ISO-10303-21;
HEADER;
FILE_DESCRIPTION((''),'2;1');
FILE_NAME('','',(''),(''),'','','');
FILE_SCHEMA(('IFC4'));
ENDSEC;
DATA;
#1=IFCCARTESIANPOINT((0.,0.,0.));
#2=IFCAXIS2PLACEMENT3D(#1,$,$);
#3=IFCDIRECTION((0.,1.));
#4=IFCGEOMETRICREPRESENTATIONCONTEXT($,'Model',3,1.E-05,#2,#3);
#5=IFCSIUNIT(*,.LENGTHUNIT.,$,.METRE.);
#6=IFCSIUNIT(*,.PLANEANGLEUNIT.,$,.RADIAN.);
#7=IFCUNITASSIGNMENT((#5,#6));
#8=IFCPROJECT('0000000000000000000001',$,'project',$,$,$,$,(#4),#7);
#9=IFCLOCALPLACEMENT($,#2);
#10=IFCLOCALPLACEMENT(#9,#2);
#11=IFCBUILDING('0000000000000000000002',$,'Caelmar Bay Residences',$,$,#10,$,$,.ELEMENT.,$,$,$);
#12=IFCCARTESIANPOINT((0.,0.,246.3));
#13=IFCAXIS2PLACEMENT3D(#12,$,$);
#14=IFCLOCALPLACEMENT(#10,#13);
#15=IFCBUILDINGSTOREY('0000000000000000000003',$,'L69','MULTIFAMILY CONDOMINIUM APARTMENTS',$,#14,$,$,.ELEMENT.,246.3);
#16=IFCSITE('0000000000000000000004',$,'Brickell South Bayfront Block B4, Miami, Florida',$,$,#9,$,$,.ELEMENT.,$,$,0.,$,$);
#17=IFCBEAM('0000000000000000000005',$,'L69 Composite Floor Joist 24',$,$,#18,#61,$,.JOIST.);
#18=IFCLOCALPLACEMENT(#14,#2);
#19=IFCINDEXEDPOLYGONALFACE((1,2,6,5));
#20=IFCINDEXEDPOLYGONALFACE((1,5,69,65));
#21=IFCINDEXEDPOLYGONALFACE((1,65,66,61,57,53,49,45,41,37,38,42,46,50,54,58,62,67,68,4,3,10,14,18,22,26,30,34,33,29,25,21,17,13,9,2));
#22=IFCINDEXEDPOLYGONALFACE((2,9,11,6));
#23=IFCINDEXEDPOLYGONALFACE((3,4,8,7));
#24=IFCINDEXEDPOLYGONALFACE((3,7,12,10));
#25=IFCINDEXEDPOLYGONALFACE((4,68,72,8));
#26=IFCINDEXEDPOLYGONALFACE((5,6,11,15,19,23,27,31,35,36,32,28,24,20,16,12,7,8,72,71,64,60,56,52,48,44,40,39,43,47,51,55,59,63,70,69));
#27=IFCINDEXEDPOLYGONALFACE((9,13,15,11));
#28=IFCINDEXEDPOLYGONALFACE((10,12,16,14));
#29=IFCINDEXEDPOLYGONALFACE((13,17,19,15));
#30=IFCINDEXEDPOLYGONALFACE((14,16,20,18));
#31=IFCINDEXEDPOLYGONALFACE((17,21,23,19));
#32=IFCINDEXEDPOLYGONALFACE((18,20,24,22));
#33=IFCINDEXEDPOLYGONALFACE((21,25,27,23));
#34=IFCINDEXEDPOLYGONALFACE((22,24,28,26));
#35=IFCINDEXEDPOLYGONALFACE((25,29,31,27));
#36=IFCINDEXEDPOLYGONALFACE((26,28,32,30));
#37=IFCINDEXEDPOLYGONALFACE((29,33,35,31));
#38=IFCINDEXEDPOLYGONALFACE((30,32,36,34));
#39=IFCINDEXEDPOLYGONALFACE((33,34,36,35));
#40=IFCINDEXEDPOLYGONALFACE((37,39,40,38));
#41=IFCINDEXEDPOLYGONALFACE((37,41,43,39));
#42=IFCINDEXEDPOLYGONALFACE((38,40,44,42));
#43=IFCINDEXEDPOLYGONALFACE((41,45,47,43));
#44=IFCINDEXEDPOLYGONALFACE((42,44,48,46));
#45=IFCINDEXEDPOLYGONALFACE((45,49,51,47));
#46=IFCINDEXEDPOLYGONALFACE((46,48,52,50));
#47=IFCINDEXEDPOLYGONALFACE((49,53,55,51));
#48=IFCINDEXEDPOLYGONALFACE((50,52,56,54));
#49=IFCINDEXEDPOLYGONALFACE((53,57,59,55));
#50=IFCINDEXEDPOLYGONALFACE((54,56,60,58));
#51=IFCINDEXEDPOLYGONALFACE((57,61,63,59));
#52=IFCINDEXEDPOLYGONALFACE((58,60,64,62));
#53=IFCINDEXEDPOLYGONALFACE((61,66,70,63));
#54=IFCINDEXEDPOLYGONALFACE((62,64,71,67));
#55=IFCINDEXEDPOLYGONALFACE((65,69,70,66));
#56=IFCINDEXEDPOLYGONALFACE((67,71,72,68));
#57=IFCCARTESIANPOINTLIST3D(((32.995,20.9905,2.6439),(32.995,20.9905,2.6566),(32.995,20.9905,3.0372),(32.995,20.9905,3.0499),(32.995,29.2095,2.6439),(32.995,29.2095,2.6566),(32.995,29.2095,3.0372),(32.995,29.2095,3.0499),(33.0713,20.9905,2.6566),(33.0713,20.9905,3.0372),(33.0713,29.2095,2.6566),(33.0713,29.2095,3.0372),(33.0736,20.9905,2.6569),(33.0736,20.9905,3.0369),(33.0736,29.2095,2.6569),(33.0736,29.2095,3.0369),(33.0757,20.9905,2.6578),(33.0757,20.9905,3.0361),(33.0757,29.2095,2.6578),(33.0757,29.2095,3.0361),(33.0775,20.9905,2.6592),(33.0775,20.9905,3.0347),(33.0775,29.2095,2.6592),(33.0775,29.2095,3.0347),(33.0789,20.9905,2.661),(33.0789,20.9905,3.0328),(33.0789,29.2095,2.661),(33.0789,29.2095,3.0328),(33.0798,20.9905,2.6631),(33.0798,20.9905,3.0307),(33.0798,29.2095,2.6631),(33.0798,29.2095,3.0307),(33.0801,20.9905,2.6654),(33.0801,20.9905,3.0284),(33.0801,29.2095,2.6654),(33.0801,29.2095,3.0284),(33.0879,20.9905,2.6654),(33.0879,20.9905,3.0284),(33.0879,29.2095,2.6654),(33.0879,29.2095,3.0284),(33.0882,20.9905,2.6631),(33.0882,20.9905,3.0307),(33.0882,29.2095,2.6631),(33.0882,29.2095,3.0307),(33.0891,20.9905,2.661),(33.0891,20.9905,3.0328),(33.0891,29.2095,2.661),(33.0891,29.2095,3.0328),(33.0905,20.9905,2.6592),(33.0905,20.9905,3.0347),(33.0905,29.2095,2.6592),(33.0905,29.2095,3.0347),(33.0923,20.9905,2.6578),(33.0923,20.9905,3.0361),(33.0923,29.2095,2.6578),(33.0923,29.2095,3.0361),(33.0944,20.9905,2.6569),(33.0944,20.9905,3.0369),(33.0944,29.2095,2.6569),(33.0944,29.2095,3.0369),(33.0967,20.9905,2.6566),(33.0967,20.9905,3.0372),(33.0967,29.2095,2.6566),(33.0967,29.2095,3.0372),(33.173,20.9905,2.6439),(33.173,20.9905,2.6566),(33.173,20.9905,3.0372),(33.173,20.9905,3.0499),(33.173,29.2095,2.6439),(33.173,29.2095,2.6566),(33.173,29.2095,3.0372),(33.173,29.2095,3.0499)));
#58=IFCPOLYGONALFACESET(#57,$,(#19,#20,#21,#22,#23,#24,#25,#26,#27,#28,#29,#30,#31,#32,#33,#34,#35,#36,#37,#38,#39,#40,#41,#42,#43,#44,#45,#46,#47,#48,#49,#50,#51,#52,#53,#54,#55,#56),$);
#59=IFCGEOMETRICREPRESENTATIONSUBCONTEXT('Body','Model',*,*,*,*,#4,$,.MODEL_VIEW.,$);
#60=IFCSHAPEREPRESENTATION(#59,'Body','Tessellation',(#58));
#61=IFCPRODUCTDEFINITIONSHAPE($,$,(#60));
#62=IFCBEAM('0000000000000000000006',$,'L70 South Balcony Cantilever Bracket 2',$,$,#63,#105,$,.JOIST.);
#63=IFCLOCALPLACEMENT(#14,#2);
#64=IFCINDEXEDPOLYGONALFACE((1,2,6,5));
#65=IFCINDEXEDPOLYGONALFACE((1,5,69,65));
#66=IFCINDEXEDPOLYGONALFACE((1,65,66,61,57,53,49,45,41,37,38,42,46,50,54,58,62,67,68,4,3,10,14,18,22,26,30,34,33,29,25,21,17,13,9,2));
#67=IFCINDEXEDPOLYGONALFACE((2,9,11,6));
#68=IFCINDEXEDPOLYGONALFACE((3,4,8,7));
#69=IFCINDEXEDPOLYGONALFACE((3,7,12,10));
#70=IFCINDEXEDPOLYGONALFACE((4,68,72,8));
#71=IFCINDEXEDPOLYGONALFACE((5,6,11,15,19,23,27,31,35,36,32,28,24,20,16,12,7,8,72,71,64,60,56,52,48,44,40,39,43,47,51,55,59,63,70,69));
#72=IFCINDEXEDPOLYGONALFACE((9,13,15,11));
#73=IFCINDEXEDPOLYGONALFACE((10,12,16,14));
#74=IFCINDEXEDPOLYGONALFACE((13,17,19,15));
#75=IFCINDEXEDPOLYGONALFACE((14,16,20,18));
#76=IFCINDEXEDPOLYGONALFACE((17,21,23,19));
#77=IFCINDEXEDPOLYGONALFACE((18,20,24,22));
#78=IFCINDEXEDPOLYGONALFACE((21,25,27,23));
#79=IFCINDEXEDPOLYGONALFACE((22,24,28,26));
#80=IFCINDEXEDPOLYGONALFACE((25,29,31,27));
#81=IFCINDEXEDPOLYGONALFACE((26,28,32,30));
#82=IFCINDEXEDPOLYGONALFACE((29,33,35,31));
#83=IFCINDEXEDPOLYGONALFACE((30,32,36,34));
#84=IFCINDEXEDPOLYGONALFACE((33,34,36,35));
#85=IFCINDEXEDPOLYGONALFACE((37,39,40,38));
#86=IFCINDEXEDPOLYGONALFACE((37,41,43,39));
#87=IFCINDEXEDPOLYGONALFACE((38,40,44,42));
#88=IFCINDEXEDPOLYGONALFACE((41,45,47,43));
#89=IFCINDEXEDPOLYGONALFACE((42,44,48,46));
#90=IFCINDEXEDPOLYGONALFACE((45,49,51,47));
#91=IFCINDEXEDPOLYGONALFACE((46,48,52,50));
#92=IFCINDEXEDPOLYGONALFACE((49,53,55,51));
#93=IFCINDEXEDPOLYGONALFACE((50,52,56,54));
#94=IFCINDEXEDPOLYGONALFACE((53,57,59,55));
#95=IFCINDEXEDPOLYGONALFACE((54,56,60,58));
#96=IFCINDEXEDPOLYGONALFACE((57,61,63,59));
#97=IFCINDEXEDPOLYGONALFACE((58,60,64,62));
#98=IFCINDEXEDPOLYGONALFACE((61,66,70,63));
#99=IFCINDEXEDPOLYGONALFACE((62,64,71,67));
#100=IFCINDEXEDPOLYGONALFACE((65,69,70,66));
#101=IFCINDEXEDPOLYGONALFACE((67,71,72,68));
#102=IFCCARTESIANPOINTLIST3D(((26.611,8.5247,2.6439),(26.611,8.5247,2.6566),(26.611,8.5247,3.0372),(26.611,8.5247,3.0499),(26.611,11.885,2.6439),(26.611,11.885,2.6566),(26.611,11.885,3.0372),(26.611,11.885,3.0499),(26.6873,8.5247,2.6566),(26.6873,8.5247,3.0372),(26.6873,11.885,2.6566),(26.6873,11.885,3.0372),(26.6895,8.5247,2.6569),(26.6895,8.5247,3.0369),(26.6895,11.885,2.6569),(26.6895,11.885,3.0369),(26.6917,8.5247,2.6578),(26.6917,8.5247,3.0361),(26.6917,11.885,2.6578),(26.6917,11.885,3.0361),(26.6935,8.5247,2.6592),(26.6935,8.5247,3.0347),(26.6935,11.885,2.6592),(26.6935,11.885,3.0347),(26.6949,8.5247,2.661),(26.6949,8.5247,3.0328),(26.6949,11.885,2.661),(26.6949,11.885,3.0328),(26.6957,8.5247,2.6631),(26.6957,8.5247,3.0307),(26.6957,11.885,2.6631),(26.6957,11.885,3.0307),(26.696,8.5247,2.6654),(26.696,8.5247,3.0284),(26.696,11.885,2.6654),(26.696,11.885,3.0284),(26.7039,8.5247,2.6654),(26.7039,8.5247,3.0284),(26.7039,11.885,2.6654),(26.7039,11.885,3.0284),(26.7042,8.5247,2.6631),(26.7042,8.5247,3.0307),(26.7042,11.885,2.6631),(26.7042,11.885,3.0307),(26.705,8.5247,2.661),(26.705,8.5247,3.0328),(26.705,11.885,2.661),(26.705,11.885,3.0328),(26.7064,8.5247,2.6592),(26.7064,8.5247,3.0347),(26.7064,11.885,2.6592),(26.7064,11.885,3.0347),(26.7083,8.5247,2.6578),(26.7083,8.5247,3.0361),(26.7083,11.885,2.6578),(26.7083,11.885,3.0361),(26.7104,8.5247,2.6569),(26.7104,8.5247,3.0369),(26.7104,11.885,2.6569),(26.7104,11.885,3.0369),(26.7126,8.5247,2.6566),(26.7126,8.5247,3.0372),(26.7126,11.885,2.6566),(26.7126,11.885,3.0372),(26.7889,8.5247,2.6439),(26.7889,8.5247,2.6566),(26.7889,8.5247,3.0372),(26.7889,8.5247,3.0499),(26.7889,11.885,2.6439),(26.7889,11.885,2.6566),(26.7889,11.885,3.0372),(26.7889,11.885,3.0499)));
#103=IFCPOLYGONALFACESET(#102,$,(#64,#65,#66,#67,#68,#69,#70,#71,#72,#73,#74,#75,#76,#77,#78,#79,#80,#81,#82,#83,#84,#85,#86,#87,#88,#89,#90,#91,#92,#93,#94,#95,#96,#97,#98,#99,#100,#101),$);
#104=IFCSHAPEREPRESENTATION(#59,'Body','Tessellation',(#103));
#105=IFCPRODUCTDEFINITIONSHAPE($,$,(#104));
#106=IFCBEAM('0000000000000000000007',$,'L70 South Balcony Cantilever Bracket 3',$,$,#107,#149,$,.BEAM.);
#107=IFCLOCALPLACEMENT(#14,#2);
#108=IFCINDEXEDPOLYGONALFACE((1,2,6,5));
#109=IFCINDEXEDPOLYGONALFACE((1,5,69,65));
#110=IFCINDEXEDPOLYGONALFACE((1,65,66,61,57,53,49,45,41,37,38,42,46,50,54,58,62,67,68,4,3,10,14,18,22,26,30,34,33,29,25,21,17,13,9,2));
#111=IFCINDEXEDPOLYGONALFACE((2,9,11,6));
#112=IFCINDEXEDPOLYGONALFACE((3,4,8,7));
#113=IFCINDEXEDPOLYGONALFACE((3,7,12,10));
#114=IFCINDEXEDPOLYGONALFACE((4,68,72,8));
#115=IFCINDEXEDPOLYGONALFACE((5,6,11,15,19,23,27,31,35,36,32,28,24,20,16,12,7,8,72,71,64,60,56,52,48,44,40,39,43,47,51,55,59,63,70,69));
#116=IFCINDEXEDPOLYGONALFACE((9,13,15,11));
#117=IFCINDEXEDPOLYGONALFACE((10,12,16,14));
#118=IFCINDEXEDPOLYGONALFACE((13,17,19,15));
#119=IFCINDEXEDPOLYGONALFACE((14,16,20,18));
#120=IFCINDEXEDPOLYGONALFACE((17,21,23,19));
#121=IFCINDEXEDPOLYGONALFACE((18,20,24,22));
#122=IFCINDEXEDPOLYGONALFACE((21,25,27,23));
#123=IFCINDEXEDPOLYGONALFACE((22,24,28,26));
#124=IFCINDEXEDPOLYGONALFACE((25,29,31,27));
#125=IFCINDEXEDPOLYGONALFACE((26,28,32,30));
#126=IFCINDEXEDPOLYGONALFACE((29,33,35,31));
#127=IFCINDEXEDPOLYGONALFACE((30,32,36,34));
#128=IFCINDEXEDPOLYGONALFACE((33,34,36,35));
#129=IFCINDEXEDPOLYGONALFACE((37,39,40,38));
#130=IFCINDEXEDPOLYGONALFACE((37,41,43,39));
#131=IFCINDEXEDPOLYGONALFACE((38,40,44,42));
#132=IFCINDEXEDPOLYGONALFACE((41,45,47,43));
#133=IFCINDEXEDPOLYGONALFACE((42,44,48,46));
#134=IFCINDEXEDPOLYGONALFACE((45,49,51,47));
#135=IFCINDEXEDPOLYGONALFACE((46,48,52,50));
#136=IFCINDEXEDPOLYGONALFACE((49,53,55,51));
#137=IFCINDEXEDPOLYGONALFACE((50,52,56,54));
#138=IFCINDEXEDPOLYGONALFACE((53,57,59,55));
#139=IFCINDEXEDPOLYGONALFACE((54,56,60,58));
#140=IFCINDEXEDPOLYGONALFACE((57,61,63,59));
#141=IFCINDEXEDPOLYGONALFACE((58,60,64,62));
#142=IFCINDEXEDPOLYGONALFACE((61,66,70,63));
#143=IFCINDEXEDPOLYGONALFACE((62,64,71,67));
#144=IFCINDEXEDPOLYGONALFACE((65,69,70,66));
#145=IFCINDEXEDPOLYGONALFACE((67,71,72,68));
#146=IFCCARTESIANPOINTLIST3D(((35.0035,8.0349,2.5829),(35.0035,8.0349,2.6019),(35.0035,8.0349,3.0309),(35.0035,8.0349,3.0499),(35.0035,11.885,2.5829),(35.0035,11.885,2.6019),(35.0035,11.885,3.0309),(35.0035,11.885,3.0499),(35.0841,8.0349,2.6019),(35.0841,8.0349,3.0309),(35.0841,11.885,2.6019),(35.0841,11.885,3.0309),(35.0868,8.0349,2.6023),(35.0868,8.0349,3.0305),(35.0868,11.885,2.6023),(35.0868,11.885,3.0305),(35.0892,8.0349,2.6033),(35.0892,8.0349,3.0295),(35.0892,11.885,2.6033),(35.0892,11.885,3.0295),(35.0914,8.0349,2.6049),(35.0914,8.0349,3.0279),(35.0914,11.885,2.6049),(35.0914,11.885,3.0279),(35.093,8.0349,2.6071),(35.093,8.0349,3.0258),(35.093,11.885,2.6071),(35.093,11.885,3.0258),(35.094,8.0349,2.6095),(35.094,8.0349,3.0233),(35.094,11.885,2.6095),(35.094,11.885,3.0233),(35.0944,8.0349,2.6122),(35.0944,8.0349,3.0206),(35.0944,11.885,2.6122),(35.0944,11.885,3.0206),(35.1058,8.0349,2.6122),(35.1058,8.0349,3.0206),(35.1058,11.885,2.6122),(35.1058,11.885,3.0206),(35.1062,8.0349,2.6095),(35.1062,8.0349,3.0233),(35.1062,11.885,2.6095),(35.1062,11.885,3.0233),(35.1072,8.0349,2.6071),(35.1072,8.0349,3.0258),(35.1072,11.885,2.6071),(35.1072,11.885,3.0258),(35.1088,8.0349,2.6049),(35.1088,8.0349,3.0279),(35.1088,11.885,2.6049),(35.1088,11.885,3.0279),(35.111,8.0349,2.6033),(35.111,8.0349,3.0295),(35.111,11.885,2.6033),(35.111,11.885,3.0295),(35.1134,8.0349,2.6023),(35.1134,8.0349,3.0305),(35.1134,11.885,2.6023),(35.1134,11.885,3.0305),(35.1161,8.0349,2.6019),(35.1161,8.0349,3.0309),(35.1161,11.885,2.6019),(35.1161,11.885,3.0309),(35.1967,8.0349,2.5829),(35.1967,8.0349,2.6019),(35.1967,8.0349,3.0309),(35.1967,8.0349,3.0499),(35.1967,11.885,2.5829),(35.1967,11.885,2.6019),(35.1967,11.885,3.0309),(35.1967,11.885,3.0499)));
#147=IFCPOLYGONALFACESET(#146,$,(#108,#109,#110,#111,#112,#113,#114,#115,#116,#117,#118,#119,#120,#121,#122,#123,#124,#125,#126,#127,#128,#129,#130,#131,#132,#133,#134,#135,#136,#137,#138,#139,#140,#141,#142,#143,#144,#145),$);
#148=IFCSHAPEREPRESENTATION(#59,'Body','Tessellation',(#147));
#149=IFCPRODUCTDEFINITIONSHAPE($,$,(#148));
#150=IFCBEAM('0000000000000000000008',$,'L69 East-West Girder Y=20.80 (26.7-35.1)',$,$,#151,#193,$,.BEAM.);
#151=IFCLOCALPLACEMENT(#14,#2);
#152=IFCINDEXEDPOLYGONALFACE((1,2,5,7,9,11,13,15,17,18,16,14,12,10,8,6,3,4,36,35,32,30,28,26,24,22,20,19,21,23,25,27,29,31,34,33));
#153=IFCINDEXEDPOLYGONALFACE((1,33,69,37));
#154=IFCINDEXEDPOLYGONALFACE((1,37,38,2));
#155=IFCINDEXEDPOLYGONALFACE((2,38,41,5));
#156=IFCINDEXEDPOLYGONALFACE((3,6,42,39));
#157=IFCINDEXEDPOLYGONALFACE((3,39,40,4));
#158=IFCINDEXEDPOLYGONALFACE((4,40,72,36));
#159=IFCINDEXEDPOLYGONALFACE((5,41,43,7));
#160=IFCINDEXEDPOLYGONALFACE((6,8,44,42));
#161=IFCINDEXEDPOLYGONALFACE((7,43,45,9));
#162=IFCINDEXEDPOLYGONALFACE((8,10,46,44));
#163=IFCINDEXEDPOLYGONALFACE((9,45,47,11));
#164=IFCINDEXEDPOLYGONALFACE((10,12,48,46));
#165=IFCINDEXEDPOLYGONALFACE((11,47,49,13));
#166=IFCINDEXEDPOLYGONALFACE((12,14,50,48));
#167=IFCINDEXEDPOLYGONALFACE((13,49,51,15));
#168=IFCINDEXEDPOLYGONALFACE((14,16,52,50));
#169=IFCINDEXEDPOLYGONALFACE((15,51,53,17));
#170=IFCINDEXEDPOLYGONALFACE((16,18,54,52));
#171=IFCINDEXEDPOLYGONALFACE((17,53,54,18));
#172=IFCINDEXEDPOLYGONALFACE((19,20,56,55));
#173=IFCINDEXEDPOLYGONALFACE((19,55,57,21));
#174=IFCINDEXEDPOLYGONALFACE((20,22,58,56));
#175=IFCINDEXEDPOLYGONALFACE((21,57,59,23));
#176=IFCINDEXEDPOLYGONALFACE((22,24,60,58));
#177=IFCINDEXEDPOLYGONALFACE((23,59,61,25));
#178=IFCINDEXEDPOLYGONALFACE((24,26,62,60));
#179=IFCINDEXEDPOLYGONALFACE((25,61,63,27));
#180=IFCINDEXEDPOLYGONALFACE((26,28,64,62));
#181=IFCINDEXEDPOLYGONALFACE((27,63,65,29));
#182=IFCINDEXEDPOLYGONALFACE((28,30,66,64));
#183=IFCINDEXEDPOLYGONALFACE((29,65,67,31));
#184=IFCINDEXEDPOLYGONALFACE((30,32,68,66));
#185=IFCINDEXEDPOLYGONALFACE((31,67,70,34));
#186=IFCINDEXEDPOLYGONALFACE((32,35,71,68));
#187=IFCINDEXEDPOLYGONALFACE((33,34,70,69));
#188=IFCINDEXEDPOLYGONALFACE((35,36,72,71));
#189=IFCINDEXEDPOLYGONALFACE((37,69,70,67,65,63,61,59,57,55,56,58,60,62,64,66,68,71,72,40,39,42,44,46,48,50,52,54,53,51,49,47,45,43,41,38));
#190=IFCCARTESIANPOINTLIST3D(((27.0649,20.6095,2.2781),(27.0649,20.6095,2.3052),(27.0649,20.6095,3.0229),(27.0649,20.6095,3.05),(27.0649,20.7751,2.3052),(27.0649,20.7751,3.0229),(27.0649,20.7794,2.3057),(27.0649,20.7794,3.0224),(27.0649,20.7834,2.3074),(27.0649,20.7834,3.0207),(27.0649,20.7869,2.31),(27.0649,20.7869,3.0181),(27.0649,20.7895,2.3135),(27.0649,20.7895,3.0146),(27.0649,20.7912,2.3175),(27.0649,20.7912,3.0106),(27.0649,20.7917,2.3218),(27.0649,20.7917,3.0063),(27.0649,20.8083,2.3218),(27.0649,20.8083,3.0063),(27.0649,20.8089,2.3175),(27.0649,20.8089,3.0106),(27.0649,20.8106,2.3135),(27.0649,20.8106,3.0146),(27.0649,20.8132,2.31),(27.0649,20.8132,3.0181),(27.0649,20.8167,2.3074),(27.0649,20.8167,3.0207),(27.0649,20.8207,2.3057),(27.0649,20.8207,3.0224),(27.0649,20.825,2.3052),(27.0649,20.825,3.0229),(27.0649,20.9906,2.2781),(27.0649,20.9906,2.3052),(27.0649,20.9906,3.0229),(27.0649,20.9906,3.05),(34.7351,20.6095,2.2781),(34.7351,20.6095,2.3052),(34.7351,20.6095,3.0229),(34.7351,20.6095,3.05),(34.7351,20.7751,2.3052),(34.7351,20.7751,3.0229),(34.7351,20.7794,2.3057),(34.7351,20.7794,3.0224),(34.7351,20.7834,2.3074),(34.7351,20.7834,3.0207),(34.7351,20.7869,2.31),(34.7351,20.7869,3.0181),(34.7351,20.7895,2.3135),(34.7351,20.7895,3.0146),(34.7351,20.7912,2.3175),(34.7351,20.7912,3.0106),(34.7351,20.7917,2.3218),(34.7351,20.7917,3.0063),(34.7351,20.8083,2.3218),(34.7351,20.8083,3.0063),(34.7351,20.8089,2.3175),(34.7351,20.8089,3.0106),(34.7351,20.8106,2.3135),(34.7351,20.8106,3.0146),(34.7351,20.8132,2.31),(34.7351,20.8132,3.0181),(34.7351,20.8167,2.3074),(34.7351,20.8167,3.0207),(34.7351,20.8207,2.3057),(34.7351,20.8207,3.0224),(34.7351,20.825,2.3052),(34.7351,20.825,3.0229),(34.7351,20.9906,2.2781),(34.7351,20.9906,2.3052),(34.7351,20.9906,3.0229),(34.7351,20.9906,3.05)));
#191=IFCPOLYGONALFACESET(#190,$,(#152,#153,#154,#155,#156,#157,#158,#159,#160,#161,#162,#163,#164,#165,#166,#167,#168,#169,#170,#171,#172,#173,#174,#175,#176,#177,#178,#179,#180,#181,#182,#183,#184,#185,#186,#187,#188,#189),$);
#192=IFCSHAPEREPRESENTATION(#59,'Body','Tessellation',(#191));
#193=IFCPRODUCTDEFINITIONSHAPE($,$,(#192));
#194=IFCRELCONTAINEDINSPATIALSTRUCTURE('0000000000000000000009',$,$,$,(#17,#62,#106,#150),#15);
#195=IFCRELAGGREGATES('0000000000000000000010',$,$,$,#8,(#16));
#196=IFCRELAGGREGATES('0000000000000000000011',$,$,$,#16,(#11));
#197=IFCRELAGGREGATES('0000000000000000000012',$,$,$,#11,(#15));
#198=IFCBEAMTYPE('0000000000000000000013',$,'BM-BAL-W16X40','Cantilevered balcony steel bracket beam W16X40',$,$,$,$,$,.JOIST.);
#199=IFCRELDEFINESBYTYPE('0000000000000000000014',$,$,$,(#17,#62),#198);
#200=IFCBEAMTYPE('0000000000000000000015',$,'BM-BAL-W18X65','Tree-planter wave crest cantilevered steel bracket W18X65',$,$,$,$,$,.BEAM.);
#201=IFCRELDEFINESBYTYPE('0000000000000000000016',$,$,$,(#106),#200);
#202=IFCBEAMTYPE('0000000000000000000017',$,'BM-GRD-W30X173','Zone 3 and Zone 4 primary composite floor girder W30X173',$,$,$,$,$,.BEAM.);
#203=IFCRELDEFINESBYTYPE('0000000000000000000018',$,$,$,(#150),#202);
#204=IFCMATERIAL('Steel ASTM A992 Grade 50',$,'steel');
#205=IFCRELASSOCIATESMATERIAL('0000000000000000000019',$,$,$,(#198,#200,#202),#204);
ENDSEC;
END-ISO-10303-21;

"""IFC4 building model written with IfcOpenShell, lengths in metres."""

from ifc_helpers import new_model, si_unit, direction, frame, origin, origin_2d, place, context, subcontext, project, spatial, i_section, extrude, material, material_profile, profile_set, type_object, element, save


model = new_model("IFC4")

# Units and contexts
model_context = context("Model", 3, precision=1e-05, world=origin(), true_north=direction((0.0, 1.0)))
body_context = subcontext(model_context, "Body", "Model", "MODEL_VIEW")
ifc_project = project(units=[si_unit("LENGTHUNIT", "METRE"), si_unit("PLANEANGLEUNIT", "RADIAN")], contexts=[model_context])

# Site, building, storey
site_placement = place(None, origin())
site = spatial("IfcSite", under=ifc_project, at=site_placement, Name="Brickell South Bayfront Block B4, Miami, Florida", CompositionType="ELEMENT", RefElevation=0.0)
building_placement = place(site_placement, origin())
building = spatial("IfcBuilding", under=site, at=building_placement, Name="Caelmar Bay Residences", CompositionType="ELEMENT")
storey_placement = place(building_placement, frame((0.0, 0.0, 246.3)))
storey = spatial("IfcBuildingStorey", under=building, at=storey_placement, Name="L69", Description="MULTIFAMILY CONDOMINIUM APARTMENTS", CompositionType="ELEMENT", Elevation=246.3)

# Beams
ifc_material_1 = material(Name="Steel ASTM A992 Grade 50", Category="steel")
ifc_material_profile_1 = material_profile(ifc_material_1, i_section(OverallWidth=0.178, OverallDepth=0.406, WebThickness=0.0078, FlangeThickness=0.0127, FilletRadius=0.0088, at=origin_2d()), Name="W16X40")
ifc_profile_set_1 = profile_set([ifc_material_profile_1], Name="Steel ASTM A992 Grade 50")
beam_type_1 = type_object("IfcBeamType", Name="BM-BAL-W16X40", Description="Cantilevered balcony steel bracket beam W16X40", PredefinedType="JOIST", material=ifc_profile_set_1)
for number, where, z_axis, x_axis, name in (
    (1, (33.084, 20.9905, 2.8469), (0.0, 1.0, 0.0), (-1.0, 0.0, 0.0), "L69 Composite Floor Joist 24"),
):
    element("IfcBeam", number, at=place(storey_placement, frame(where, z_axis=z_axis, x_axis=x_axis)), inside=storey, type_object=beam_type_1, Name=name, PredefinedType="JOIST", context=body_context, shape_type="SweptSolid", body=[
        extrude(i_section(OverallWidth=0.178, OverallDepth=0.406, WebThickness=0.0078, FlangeThickness=0.0127, FilletRadius=0.0088, at=origin_2d()), origin(), (0.0, 0.0, 1.0), 8.219),
    ])
beam_1_placement = place(storey_placement, frame((26.7, 11.885, 2.8469), z_axis=(0.0, -1.0, 0.0), x_axis=(1.0, 0.0, 0.0)))
element("IfcBeam", 2, at=beam_1_placement, inside=storey, type_object=beam_type_1, Name="L70 South Balcony Cantilever Bracket 2", PredefinedType="JOIST", context=body_context, shape_type="SweptSolid", body=[
    extrude(i_section(OverallWidth=0.178, OverallDepth=0.406, WebThickness=0.0078, FlangeThickness=0.0127, FilletRadius=0.0088, at=origin_2d()), origin(), (0.0, 0.0, 1.0), 3.3604),
])
ifc_material_profile_2 = material_profile(ifc_material_1, i_section(OverallWidth=0.1931, OverallDepth=0.467, WebThickness=0.0115, FlangeThickness=0.019, FilletRadius=0.0103, at=origin_2d()), Name="W18X65")
ifc_profile_set_2 = profile_set([ifc_material_profile_2], Name="Steel ASTM A992 Grade 50")
beam_type_2 = type_object("IfcBeamType", Name="BM-BAL-W18X65", Description="Tree-planter wave crest cantilevered steel bracket W18X65", PredefinedType="BEAM", material=ifc_profile_set_2)
beam_2_placement = place(storey_placement, frame((35.1001, 11.885, 2.8164), z_axis=(0.0, -1.0, 0.0), x_axis=(1.0, 0.0, 0.0)))
element("IfcBeam", 3, at=beam_2_placement, inside=storey, type_object=beam_type_2, Name="L70 South Balcony Cantilever Bracket 3", PredefinedType="BEAM", context=body_context, shape_type="SweptSolid", body=[
    extrude(i_section(OverallWidth=0.1931, OverallDepth=0.467, WebThickness=0.0115, FlangeThickness=0.019, FilletRadius=0.0103, at=origin_2d()), origin(), (0.0, 0.0, 1.0), 3.8501),
])
ifc_material_profile_3 = material_profile(ifc_material_1, i_section(OverallWidth=0.3811, OverallDepth=0.772, WebThickness=0.0166, FlangeThickness=0.0271, FilletRadius=0.0166, at=origin_2d()), Name="W30X173")
ifc_profile_set_3 = profile_set([ifc_material_profile_3], Name="Steel ASTM A992 Grade 50")
beam_type_3 = type_object("IfcBeamType", Name="BM-GRD-W30X173", Description="Zone 3 and Zone 4 primary composite floor girder W30X173", PredefinedType="BEAM", material=ifc_profile_set_3)
beam_3_placement = place(storey_placement, frame((27.0649, 20.8, 2.6641), z_axis=(1.0, 0.0, 0.0), x_axis=(0.0, 1.0, 0.0)))
element("IfcBeam", 4, at=beam_3_placement, inside=storey, type_object=beam_type_3, Name="L69 East-West Girder Y=20.80 (26.7-35.1)", PredefinedType="BEAM", context=body_context, shape_type="SweptSolid", body=[
    extrude(i_section(OverallWidth=0.3811, OverallDepth=0.772, WebThickness=0.0166, FlangeThickness=0.0271, FilletRadius=0.0166, at=origin_2d()), origin(), (0.0, 0.0, 1.0), 7.6702),
])

save(model, "model.ifc")
